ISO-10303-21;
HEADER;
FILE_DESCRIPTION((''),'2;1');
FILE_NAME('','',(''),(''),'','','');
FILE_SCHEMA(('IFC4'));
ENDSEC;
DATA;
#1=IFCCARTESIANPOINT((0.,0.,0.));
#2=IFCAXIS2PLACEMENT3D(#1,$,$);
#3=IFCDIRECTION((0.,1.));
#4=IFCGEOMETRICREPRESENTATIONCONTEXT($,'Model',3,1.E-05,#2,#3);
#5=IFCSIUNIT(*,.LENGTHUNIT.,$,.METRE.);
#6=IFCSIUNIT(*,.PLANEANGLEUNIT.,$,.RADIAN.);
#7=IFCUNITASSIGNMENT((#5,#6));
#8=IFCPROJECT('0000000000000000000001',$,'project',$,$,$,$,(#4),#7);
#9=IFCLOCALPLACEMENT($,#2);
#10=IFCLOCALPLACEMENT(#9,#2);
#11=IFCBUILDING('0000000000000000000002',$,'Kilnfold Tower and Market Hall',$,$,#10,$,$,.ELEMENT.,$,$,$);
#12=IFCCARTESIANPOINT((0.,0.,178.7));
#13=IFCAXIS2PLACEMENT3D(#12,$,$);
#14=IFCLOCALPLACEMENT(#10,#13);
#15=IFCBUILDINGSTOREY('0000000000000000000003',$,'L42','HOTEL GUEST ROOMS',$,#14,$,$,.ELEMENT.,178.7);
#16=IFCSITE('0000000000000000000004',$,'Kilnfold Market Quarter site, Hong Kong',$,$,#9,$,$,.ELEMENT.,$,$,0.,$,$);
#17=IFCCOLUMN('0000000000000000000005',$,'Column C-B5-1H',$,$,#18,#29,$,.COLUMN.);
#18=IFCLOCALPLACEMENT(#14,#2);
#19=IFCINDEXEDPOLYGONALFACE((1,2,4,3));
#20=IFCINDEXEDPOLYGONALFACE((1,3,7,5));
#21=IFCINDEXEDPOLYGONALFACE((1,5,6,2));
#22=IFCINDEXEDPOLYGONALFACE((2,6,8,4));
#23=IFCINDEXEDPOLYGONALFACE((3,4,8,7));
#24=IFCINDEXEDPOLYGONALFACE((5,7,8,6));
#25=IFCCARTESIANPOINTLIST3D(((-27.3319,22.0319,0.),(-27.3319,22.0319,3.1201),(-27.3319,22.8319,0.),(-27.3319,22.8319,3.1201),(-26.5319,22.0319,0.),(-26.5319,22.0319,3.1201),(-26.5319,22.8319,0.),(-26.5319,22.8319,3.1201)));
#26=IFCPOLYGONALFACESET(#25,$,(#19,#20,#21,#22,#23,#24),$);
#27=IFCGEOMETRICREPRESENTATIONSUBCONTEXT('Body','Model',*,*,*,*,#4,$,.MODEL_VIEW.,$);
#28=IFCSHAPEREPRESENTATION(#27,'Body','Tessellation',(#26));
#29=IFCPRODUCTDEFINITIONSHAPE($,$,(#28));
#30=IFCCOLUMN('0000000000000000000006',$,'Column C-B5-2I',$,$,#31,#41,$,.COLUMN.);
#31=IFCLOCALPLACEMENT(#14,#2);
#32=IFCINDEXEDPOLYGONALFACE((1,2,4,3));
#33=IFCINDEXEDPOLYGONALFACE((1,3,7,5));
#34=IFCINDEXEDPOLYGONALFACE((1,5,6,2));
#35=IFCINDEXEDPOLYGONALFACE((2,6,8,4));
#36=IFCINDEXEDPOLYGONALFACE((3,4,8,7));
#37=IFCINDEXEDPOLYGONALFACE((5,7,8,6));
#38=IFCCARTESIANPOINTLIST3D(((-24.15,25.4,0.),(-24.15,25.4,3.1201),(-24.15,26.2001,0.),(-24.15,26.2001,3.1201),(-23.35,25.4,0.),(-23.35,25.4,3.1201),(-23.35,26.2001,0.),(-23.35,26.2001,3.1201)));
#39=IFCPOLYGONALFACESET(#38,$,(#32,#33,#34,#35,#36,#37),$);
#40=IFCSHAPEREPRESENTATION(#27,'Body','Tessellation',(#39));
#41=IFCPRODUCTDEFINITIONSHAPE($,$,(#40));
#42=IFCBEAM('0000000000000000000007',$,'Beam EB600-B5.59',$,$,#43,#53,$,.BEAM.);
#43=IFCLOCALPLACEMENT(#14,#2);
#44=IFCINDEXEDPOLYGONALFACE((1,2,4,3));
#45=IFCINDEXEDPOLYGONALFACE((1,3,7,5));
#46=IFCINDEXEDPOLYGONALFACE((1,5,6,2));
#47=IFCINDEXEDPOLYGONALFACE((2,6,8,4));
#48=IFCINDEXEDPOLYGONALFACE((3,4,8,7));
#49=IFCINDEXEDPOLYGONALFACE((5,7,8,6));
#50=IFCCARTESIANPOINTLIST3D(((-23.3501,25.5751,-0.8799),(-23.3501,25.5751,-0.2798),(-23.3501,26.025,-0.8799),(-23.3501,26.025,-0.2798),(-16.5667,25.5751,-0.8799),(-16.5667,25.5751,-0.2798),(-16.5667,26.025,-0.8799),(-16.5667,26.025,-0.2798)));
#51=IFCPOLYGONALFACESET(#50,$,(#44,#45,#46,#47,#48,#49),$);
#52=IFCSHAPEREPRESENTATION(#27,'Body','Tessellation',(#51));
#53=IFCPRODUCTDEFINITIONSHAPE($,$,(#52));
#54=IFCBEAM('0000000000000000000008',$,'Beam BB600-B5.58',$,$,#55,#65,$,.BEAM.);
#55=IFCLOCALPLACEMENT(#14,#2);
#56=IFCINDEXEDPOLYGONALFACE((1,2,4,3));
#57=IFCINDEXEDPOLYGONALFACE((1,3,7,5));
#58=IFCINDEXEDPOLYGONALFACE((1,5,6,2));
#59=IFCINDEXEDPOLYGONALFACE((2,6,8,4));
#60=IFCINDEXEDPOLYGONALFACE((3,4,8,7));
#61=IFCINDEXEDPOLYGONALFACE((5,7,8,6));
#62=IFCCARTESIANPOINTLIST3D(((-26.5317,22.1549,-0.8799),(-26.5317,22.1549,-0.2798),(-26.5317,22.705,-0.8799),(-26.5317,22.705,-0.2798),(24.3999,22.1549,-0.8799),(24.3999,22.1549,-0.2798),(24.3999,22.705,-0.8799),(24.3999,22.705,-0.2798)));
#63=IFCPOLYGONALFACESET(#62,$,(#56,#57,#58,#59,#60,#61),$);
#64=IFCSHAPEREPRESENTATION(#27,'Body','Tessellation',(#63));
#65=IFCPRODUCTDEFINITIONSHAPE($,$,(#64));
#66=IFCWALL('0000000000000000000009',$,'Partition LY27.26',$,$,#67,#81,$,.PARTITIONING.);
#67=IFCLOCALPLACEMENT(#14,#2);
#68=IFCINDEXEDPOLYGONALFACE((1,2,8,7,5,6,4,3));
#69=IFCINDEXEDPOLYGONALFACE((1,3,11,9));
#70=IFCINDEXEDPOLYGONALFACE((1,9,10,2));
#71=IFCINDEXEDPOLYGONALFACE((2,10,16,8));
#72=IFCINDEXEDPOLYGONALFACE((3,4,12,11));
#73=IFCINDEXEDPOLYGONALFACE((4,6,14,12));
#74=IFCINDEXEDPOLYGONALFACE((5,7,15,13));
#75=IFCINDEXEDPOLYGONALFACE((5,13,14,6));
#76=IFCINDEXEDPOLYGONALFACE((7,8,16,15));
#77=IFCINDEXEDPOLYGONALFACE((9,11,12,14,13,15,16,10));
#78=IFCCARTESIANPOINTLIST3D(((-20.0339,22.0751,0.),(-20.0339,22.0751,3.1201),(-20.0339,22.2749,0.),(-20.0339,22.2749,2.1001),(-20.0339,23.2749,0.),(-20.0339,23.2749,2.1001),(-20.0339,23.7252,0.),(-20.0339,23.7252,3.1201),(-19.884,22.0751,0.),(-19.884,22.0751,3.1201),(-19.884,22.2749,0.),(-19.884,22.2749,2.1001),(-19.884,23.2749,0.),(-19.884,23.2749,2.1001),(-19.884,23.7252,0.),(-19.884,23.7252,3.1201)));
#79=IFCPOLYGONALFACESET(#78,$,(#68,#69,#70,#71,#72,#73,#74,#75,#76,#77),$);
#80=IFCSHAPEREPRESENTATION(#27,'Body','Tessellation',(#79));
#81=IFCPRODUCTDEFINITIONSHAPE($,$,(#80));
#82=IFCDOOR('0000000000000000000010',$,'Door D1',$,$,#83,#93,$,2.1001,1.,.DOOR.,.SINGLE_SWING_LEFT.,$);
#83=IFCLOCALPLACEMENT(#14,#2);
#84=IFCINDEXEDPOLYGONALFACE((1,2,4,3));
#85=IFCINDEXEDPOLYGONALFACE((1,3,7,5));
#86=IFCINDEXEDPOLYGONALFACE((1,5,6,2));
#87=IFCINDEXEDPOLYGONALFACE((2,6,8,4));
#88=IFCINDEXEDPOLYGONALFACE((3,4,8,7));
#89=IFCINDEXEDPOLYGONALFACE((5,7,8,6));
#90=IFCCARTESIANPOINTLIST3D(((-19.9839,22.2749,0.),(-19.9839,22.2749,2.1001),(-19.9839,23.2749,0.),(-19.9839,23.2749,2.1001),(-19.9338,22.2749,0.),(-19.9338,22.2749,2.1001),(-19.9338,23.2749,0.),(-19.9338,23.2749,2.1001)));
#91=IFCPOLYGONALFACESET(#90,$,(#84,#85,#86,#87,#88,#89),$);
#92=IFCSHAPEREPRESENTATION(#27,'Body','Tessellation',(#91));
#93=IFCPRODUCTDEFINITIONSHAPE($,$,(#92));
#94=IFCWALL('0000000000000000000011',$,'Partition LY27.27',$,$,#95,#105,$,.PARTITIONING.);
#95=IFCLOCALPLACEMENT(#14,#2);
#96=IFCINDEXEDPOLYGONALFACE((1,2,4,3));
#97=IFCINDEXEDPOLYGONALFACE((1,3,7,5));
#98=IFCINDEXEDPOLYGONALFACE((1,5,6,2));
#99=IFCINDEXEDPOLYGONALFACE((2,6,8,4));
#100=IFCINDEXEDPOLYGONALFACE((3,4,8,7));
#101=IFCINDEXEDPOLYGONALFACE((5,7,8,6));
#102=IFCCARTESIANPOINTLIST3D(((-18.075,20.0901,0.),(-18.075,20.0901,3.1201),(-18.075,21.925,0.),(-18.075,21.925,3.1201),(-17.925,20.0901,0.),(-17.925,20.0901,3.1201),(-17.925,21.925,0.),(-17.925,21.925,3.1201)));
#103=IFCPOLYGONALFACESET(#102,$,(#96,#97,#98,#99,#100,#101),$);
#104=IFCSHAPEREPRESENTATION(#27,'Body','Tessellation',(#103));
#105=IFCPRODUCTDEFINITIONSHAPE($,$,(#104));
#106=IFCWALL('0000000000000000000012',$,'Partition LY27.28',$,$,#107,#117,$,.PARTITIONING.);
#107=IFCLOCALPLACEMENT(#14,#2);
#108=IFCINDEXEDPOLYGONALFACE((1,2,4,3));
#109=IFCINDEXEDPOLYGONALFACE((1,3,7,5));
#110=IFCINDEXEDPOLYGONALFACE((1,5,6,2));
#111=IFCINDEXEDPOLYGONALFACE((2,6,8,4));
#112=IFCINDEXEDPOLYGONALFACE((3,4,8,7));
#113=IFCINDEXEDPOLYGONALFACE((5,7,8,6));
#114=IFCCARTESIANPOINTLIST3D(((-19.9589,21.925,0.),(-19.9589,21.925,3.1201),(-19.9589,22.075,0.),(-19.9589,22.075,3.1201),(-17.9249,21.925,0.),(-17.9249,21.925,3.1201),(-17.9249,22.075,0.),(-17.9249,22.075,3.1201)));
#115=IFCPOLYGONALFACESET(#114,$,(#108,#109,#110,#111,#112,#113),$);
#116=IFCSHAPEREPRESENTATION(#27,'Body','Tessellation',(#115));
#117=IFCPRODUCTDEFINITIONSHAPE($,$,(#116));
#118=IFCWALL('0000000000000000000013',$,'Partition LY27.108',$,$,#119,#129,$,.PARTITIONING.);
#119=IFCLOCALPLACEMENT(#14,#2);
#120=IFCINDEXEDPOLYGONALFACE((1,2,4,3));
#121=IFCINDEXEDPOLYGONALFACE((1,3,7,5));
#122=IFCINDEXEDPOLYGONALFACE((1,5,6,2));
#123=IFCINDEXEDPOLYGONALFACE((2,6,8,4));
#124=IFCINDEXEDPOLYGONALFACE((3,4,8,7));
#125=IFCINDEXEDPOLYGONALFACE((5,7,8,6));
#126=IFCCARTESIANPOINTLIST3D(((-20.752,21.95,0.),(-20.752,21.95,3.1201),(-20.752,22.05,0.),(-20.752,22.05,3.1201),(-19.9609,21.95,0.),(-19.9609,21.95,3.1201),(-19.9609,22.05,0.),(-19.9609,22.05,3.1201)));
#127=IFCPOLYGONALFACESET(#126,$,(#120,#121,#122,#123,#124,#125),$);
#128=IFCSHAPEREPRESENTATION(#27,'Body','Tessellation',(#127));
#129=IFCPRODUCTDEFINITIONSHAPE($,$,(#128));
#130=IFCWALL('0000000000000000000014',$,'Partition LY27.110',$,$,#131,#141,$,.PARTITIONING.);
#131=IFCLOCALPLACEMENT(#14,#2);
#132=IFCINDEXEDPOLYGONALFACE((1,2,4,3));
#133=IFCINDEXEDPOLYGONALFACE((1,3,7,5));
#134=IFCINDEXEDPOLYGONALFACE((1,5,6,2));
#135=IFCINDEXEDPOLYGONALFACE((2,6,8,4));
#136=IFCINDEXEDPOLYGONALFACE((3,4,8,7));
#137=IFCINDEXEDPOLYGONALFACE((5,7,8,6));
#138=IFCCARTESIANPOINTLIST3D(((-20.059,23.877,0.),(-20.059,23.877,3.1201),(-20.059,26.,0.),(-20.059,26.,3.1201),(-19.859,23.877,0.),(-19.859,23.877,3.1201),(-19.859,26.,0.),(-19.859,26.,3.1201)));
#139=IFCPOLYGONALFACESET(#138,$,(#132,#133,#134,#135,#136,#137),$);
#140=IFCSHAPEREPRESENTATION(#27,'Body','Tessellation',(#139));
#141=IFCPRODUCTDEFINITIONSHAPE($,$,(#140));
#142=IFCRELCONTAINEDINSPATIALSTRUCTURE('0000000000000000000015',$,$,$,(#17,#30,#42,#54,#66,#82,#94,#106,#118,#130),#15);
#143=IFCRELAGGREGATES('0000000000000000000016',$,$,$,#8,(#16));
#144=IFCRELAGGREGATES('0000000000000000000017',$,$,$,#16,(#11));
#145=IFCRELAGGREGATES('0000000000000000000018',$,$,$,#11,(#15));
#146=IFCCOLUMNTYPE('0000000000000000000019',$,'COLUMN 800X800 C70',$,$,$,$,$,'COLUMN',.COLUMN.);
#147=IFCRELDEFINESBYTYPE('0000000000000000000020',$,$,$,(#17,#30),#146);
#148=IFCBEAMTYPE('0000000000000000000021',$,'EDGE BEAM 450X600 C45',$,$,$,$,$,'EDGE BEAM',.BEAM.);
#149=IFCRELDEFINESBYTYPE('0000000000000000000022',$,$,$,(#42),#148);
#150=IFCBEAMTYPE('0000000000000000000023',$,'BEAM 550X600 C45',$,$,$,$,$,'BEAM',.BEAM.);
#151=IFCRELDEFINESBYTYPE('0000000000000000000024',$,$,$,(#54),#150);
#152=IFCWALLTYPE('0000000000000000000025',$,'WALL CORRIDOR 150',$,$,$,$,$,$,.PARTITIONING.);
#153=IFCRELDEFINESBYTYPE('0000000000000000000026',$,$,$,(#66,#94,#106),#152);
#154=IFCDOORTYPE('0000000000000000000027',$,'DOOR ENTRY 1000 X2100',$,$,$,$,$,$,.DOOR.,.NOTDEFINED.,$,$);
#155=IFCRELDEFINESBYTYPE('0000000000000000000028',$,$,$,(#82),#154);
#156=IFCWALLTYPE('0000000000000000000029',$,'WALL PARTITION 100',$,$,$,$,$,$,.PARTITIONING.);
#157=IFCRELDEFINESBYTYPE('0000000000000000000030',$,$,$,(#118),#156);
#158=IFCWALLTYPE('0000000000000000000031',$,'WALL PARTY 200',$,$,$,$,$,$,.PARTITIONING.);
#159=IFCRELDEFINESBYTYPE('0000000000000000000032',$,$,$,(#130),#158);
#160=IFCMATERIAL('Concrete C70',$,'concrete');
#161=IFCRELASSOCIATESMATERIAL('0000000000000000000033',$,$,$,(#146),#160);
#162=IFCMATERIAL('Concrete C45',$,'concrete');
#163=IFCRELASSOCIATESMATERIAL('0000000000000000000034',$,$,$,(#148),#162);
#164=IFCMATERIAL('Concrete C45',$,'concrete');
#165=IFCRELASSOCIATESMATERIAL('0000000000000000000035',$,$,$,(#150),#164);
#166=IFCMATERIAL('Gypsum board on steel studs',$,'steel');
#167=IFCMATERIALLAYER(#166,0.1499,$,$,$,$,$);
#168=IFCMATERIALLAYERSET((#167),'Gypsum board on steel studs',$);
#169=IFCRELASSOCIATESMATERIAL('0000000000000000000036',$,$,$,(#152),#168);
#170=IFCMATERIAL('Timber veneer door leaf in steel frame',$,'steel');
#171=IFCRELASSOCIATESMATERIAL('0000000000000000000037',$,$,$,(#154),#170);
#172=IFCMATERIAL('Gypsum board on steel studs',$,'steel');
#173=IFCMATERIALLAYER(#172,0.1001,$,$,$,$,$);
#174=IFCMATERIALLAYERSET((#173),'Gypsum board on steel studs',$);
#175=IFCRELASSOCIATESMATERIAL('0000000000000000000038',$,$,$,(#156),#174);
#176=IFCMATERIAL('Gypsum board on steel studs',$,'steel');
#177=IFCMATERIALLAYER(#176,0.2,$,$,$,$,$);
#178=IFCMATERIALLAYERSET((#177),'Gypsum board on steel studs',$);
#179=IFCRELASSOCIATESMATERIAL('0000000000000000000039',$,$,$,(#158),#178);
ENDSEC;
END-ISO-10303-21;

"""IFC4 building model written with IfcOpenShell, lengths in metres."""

from ifc_helpers import new_model, si_unit, direction, frame, frame_2d, origin, origin_2d, place, context, subcontext, project, spatial, rectangle, extrude, source, transform, mapped, material, layer, layer_set, material_profile, profile_set, type_object, element, fill, save


model = new_model("IFC4")

# Units and contexts
model_context = context("Model", 3, precision=1e-05, world=origin(), true_north=direction((0.0, 1.0)))
body_context = subcontext(model_context, "Body", "Model", "MODEL_VIEW")
ifc_project = project(units=[si_unit("LENGTHUNIT", "METRE"), si_unit("PLANEANGLEUNIT", "RADIAN")], contexts=[model_context])

# Site, building, storey
site_placement = place(None, origin())
site = spatial("IfcSite", under=ifc_project, at=site_placement, Name="Kilnfold Market Quarter site, Hong Kong", CompositionType="ELEMENT", RefElevation=0.0)
building_placement = place(site_placement, origin())
building = spatial("IfcBuilding", under=site, at=building_placement, Name="Kilnfold Tower and Market Hall", CompositionType="ELEMENT")
storey_placement = place(building_placement, frame((0.0, 0.0, 178.7)))
storey = spatial("IfcBuildingStorey", under=building, at=storey_placement, Name="L42", Description="HOTEL GUEST ROOMS", CompositionType="ELEMENT", Elevation=178.7)

# Columns
ifc_material_1 = material(Name="Concrete C70", Category="concrete")
ifc_material_profile_1 = material_profile(ifc_material_1, rectangle(XDim=0.8, YDim=0.8, at=origin_2d()), Name="RC 800x800")
ifc_profile_set_1 = profile_set([ifc_material_profile_1], Name="Concrete C70")
column_type = type_object("IfcColumnType", Name="COLUMN 800X800 C70", ElementType="COLUMN", PredefinedType="COLUMN", material=ifc_profile_set_1)
shared_shape_1 = source(origin(), body_context, "Body", "SweptSolid", [
    extrude(rectangle(XDim=0.8, YDim=0.8, at=origin_2d()), origin(), (0.0, 0.0, 1.0), 3.1201),
])
for number, where, z_axis, x_axis, name in (
    (1, (-26.9319, 22.4319, 0.0), (0.0, 0.0, 1.0), (1.0, 0.0, 0.0), "Column C-B5-1H"),
    (2, (-23.75, 25.8, 0.0), (0.0, 0.0, 1.0), (1.0, 0.0, 0.0), "Column C-B5-2I"),
):
    element("IfcColumn", number, at=place(storey_placement, frame(where, z_axis=z_axis, x_axis=x_axis)), inside=storey, type_object=column_type, Name=name, PredefinedType="COLUMN", context=body_context, shape_type="MappedRepresentation", body=[
        mapped(shared_shape_1, transform((0.0, 0.0, 0.0))),
    ])

# Beams
ifc_material_2 = material(Name="Concrete C45", Category="concrete")
ifc_material_profile_2 = material_profile(ifc_material_2, rectangle(XDim=0.45, YDim=0.6001, at=origin_2d()), Name="RC 450x600")
ifc_profile_set_2 = profile_set([ifc_material_profile_2], Name="Concrete C45")
beam_type_1 = type_object("IfcBeamType", Name="EDGE BEAM 450X600 C45", ElementType="EDGE BEAM", PredefinedType="BEAM", material=ifc_profile_set_2)
shared_shape_2 = source(origin(), body_context, "Body", "SweptSolid", [
    extrude(rectangle(XDim=0.45, YDim=0.6001, at=origin_2d()), origin(), (0.0, 0.0, 1.0), 6.7834),
])
beam_1_placement = place(storey_placement, frame((-23.3501, 25.8, -0.5798), z_axis=(1.0, 0.0, 0.0), x_axis=(0.0, 1.0, 0.0)))
element("IfcBeam", 3, at=beam_1_placement, inside=storey, type_object=beam_type_1, Name="Beam EB600-B5.59", PredefinedType="BEAM", context=body_context, shape_type="MappedRepresentation", body=[
    mapped(shared_shape_2, transform((0.0, 0.0, 0.0))),
])
ifc_material_3 = material(Name="Concrete C45", Category="concrete")
ifc_material_profile_3 = material_profile(ifc_material_3, rectangle(XDim=0.55, YDim=0.6001, at=origin_2d()), Name="RC 550x600")
ifc_profile_set_3 = profile_set([ifc_material_profile_3], Name="Concrete C45")
beam_type_2 = type_object("IfcBeamType", Name="BEAM 550X600 C45", ElementType="BEAM", PredefinedType="BEAM", material=ifc_profile_set_3)
shared_shape_3 = source(origin(), body_context, "Body", "SweptSolid", [
    extrude(rectangle(XDim=0.55, YDim=0.6001, at=origin_2d()), origin(), (0.0, 0.0, 1.0), 50.9316),
])
beam_2_placement = place(storey_placement, frame((-26.5317, 22.4299, -0.5798), z_axis=(1.0, 0.0, 0.0), x_axis=(0.0, 1.0, 0.0)))
element("IfcBeam", 4, at=beam_2_placement, inside=storey, type_object=beam_type_2, Name="Beam BB600-B5.58", PredefinedType="BEAM", context=body_context, shape_type="MappedRepresentation", body=[
    mapped(shared_shape_3, transform((0.0, 0.0, 0.0))),
])

# Wall, opening, door
ifc_material_4 = material(Name="Gypsum board on steel studs", Category="steel")
ifc_layer_1 = layer(ifc_material_4, 0.1499)
ifc_layer_set_1 = layer_set([ifc_layer_1], Name="Gypsum board on steel studs")
wall_type_1 = type_object("IfcWallType", Name="WALL CORRIDOR 150", PredefinedType="PARTITIONING", material=ifc_layer_set_1)
wall_1_placement = place(storey_placement, frame((-19.959, 22.075, 0.0), z_axis=(0.0, 0.0, 1.0), x_axis=(0.0, 1.0, 0.0)))
wall_1 = element("IfcWall", 5, at=wall_1_placement, inside=storey, type_object=wall_type_1, Name="Partition LY27.26", PredefinedType="PARTITIONING", context=body_context, shape_type="SweptSolid", body=[
    extrude(rectangle(XDim=1.6501, YDim=0.1499, at=frame_2d((0.8252, 0.0))), origin(), (0.0, 0.0, 1.0), 3.1201),
])
opening_1_placement = place(wall_1_placement, frame((0.2, 0.0, 0.0)))
opening_1 = element("IfcOpeningElement", 6, at=opening_1_placement, cuts=wall_1, PredefinedType="OPENING", context=body_context, shape_type="SweptSolid", body=[
    extrude(rectangle(XDim=1.0, YDim=2.1001, at=frame_2d((0.5, 1.05))), frame((0.0, 0.085, 0.0), z_axis=(0.0, -1.0, 0.0), x_axis=(1.0, 0.0, 0.0)), (0.0, 0.0, 1.0), 0.1699),
])
ifc_material_5 = material(Name="Timber veneer door leaf in steel frame", Category="steel")
door_type = type_object("IfcDoorType", Name="DOOR ENTRY 1000 X2100", OperationType="NOTDEFINED", PredefinedType="DOOR", material=ifc_material_5)
door_placement = place(opening_1_placement, origin())
door = element("IfcDoor", 7, at=door_placement, inside=storey, type_object=door_type, Name="Door D1", OperationType="SINGLE_SWING_LEFT", OverallHeight=2.1001, OverallWidth=1.0, PredefinedType="DOOR", context=body_context, shape_type="SweptSolid", body=[
    extrude(rectangle(XDim=1.0, YDim=2.1001, at=frame_2d((0.5, 1.05))), frame((0.0, 0.0249, 0.0), z_axis=(0.0, -1.0, 0.0), x_axis=(1.0, 0.0, 0.0)), (0.0, 0.0, 1.0), 0.05),
])
fill(opening_1, door)

# Walls
wall_2_placement = place(storey_placement, frame((-18.0, 20.0901, 0.0), z_axis=(0.0, 0.0, 1.0), x_axis=(0.0, 1.0, 0.0)))
element("IfcWall", 8, at=wall_2_placement, inside=storey, type_object=wall_type_1, Name="Partition LY27.27", PredefinedType="PARTITIONING", context=body_context, shape_type="SweptSolid", body=[
    extrude(rectangle(XDim=1.835, YDim=0.1499, at=frame_2d((0.9175, 0.0))), origin(), (0.0, 0.0, 1.0), 3.1201),
])
wall_3_placement = place(storey_placement, frame((-19.959, 22.0, 0.0), z_axis=(0.0, 0.0, 1.0), x_axis=(1.0, 0.0, 0.0)))
element("IfcWall", 9, at=wall_3_placement, inside=storey, type_object=wall_type_1, Name="Partition LY27.28", PredefinedType="PARTITIONING", context=body_context, shape_type="SweptSolid", body=[
    extrude(rectangle(XDim=2.0339, YDim=0.1499, at=frame_2d((1.0171, 0.0))), origin(), (0.0, 0.0, 1.0), 3.1201),
])
ifc_material_6 = material(Name="Gypsum board on steel studs", Category="steel")
ifc_layer_2 = layer(ifc_material_6, 0.1001)
ifc_layer_set_2 = layer_set([ifc_layer_2], Name="Gypsum board on steel studs")
wall_type_2 = type_object("IfcWallType", Name="WALL PARTITION 100", PredefinedType="PARTITIONING", material=ifc_layer_set_2)
wall_4_placement = place(storey_placement, frame((-20.752, 22.0, 0.0), z_axis=(0.0, 0.0, 1.0), x_axis=(1.0, 0.0, 0.0)))
element("IfcWall", 10, at=wall_4_placement, inside=storey, type_object=wall_type_2, Name="Partition LY27.108", PredefinedType="PARTITIONING", context=body_context, shape_type="SweptSolid", body=[
    extrude(rectangle(XDim=0.791, YDim=0.1001, at=frame_2d((0.3955, 0.0))), origin(), (0.0, 0.0, 1.0), 3.1201),
])
ifc_material_7 = material(Name="Gypsum board on steel studs", Category="steel")
ifc_layer_3 = layer(ifc_material_7, 0.2)
ifc_layer_set_3 = layer_set([ifc_layer_3], Name="Gypsum board on steel studs")
wall_type_3 = type_object("IfcWallType", Name="WALL PARTY 200", PredefinedType="PARTITIONING", material=ifc_layer_set_3)
wall_5_placement = place(storey_placement, frame((-19.959, 23.877, 0.0), z_axis=(0.0, 0.0, 1.0), x_axis=(0.0, 1.0, 0.0)))
element("IfcWall", 11, at=wall_5_placement, inside=storey, type_object=wall_type_3, Name="Partition LY27.110", PredefinedType="PARTITIONING", context=body_context, shape_type="SweptSolid", body=[
    extrude(rectangle(XDim=2.123, YDim=0.2, at=frame_2d((1.0615, 0.0))), origin(), (0.0, 0.0, 1.0), 3.1201),
])

save(model, "model.ifc")
